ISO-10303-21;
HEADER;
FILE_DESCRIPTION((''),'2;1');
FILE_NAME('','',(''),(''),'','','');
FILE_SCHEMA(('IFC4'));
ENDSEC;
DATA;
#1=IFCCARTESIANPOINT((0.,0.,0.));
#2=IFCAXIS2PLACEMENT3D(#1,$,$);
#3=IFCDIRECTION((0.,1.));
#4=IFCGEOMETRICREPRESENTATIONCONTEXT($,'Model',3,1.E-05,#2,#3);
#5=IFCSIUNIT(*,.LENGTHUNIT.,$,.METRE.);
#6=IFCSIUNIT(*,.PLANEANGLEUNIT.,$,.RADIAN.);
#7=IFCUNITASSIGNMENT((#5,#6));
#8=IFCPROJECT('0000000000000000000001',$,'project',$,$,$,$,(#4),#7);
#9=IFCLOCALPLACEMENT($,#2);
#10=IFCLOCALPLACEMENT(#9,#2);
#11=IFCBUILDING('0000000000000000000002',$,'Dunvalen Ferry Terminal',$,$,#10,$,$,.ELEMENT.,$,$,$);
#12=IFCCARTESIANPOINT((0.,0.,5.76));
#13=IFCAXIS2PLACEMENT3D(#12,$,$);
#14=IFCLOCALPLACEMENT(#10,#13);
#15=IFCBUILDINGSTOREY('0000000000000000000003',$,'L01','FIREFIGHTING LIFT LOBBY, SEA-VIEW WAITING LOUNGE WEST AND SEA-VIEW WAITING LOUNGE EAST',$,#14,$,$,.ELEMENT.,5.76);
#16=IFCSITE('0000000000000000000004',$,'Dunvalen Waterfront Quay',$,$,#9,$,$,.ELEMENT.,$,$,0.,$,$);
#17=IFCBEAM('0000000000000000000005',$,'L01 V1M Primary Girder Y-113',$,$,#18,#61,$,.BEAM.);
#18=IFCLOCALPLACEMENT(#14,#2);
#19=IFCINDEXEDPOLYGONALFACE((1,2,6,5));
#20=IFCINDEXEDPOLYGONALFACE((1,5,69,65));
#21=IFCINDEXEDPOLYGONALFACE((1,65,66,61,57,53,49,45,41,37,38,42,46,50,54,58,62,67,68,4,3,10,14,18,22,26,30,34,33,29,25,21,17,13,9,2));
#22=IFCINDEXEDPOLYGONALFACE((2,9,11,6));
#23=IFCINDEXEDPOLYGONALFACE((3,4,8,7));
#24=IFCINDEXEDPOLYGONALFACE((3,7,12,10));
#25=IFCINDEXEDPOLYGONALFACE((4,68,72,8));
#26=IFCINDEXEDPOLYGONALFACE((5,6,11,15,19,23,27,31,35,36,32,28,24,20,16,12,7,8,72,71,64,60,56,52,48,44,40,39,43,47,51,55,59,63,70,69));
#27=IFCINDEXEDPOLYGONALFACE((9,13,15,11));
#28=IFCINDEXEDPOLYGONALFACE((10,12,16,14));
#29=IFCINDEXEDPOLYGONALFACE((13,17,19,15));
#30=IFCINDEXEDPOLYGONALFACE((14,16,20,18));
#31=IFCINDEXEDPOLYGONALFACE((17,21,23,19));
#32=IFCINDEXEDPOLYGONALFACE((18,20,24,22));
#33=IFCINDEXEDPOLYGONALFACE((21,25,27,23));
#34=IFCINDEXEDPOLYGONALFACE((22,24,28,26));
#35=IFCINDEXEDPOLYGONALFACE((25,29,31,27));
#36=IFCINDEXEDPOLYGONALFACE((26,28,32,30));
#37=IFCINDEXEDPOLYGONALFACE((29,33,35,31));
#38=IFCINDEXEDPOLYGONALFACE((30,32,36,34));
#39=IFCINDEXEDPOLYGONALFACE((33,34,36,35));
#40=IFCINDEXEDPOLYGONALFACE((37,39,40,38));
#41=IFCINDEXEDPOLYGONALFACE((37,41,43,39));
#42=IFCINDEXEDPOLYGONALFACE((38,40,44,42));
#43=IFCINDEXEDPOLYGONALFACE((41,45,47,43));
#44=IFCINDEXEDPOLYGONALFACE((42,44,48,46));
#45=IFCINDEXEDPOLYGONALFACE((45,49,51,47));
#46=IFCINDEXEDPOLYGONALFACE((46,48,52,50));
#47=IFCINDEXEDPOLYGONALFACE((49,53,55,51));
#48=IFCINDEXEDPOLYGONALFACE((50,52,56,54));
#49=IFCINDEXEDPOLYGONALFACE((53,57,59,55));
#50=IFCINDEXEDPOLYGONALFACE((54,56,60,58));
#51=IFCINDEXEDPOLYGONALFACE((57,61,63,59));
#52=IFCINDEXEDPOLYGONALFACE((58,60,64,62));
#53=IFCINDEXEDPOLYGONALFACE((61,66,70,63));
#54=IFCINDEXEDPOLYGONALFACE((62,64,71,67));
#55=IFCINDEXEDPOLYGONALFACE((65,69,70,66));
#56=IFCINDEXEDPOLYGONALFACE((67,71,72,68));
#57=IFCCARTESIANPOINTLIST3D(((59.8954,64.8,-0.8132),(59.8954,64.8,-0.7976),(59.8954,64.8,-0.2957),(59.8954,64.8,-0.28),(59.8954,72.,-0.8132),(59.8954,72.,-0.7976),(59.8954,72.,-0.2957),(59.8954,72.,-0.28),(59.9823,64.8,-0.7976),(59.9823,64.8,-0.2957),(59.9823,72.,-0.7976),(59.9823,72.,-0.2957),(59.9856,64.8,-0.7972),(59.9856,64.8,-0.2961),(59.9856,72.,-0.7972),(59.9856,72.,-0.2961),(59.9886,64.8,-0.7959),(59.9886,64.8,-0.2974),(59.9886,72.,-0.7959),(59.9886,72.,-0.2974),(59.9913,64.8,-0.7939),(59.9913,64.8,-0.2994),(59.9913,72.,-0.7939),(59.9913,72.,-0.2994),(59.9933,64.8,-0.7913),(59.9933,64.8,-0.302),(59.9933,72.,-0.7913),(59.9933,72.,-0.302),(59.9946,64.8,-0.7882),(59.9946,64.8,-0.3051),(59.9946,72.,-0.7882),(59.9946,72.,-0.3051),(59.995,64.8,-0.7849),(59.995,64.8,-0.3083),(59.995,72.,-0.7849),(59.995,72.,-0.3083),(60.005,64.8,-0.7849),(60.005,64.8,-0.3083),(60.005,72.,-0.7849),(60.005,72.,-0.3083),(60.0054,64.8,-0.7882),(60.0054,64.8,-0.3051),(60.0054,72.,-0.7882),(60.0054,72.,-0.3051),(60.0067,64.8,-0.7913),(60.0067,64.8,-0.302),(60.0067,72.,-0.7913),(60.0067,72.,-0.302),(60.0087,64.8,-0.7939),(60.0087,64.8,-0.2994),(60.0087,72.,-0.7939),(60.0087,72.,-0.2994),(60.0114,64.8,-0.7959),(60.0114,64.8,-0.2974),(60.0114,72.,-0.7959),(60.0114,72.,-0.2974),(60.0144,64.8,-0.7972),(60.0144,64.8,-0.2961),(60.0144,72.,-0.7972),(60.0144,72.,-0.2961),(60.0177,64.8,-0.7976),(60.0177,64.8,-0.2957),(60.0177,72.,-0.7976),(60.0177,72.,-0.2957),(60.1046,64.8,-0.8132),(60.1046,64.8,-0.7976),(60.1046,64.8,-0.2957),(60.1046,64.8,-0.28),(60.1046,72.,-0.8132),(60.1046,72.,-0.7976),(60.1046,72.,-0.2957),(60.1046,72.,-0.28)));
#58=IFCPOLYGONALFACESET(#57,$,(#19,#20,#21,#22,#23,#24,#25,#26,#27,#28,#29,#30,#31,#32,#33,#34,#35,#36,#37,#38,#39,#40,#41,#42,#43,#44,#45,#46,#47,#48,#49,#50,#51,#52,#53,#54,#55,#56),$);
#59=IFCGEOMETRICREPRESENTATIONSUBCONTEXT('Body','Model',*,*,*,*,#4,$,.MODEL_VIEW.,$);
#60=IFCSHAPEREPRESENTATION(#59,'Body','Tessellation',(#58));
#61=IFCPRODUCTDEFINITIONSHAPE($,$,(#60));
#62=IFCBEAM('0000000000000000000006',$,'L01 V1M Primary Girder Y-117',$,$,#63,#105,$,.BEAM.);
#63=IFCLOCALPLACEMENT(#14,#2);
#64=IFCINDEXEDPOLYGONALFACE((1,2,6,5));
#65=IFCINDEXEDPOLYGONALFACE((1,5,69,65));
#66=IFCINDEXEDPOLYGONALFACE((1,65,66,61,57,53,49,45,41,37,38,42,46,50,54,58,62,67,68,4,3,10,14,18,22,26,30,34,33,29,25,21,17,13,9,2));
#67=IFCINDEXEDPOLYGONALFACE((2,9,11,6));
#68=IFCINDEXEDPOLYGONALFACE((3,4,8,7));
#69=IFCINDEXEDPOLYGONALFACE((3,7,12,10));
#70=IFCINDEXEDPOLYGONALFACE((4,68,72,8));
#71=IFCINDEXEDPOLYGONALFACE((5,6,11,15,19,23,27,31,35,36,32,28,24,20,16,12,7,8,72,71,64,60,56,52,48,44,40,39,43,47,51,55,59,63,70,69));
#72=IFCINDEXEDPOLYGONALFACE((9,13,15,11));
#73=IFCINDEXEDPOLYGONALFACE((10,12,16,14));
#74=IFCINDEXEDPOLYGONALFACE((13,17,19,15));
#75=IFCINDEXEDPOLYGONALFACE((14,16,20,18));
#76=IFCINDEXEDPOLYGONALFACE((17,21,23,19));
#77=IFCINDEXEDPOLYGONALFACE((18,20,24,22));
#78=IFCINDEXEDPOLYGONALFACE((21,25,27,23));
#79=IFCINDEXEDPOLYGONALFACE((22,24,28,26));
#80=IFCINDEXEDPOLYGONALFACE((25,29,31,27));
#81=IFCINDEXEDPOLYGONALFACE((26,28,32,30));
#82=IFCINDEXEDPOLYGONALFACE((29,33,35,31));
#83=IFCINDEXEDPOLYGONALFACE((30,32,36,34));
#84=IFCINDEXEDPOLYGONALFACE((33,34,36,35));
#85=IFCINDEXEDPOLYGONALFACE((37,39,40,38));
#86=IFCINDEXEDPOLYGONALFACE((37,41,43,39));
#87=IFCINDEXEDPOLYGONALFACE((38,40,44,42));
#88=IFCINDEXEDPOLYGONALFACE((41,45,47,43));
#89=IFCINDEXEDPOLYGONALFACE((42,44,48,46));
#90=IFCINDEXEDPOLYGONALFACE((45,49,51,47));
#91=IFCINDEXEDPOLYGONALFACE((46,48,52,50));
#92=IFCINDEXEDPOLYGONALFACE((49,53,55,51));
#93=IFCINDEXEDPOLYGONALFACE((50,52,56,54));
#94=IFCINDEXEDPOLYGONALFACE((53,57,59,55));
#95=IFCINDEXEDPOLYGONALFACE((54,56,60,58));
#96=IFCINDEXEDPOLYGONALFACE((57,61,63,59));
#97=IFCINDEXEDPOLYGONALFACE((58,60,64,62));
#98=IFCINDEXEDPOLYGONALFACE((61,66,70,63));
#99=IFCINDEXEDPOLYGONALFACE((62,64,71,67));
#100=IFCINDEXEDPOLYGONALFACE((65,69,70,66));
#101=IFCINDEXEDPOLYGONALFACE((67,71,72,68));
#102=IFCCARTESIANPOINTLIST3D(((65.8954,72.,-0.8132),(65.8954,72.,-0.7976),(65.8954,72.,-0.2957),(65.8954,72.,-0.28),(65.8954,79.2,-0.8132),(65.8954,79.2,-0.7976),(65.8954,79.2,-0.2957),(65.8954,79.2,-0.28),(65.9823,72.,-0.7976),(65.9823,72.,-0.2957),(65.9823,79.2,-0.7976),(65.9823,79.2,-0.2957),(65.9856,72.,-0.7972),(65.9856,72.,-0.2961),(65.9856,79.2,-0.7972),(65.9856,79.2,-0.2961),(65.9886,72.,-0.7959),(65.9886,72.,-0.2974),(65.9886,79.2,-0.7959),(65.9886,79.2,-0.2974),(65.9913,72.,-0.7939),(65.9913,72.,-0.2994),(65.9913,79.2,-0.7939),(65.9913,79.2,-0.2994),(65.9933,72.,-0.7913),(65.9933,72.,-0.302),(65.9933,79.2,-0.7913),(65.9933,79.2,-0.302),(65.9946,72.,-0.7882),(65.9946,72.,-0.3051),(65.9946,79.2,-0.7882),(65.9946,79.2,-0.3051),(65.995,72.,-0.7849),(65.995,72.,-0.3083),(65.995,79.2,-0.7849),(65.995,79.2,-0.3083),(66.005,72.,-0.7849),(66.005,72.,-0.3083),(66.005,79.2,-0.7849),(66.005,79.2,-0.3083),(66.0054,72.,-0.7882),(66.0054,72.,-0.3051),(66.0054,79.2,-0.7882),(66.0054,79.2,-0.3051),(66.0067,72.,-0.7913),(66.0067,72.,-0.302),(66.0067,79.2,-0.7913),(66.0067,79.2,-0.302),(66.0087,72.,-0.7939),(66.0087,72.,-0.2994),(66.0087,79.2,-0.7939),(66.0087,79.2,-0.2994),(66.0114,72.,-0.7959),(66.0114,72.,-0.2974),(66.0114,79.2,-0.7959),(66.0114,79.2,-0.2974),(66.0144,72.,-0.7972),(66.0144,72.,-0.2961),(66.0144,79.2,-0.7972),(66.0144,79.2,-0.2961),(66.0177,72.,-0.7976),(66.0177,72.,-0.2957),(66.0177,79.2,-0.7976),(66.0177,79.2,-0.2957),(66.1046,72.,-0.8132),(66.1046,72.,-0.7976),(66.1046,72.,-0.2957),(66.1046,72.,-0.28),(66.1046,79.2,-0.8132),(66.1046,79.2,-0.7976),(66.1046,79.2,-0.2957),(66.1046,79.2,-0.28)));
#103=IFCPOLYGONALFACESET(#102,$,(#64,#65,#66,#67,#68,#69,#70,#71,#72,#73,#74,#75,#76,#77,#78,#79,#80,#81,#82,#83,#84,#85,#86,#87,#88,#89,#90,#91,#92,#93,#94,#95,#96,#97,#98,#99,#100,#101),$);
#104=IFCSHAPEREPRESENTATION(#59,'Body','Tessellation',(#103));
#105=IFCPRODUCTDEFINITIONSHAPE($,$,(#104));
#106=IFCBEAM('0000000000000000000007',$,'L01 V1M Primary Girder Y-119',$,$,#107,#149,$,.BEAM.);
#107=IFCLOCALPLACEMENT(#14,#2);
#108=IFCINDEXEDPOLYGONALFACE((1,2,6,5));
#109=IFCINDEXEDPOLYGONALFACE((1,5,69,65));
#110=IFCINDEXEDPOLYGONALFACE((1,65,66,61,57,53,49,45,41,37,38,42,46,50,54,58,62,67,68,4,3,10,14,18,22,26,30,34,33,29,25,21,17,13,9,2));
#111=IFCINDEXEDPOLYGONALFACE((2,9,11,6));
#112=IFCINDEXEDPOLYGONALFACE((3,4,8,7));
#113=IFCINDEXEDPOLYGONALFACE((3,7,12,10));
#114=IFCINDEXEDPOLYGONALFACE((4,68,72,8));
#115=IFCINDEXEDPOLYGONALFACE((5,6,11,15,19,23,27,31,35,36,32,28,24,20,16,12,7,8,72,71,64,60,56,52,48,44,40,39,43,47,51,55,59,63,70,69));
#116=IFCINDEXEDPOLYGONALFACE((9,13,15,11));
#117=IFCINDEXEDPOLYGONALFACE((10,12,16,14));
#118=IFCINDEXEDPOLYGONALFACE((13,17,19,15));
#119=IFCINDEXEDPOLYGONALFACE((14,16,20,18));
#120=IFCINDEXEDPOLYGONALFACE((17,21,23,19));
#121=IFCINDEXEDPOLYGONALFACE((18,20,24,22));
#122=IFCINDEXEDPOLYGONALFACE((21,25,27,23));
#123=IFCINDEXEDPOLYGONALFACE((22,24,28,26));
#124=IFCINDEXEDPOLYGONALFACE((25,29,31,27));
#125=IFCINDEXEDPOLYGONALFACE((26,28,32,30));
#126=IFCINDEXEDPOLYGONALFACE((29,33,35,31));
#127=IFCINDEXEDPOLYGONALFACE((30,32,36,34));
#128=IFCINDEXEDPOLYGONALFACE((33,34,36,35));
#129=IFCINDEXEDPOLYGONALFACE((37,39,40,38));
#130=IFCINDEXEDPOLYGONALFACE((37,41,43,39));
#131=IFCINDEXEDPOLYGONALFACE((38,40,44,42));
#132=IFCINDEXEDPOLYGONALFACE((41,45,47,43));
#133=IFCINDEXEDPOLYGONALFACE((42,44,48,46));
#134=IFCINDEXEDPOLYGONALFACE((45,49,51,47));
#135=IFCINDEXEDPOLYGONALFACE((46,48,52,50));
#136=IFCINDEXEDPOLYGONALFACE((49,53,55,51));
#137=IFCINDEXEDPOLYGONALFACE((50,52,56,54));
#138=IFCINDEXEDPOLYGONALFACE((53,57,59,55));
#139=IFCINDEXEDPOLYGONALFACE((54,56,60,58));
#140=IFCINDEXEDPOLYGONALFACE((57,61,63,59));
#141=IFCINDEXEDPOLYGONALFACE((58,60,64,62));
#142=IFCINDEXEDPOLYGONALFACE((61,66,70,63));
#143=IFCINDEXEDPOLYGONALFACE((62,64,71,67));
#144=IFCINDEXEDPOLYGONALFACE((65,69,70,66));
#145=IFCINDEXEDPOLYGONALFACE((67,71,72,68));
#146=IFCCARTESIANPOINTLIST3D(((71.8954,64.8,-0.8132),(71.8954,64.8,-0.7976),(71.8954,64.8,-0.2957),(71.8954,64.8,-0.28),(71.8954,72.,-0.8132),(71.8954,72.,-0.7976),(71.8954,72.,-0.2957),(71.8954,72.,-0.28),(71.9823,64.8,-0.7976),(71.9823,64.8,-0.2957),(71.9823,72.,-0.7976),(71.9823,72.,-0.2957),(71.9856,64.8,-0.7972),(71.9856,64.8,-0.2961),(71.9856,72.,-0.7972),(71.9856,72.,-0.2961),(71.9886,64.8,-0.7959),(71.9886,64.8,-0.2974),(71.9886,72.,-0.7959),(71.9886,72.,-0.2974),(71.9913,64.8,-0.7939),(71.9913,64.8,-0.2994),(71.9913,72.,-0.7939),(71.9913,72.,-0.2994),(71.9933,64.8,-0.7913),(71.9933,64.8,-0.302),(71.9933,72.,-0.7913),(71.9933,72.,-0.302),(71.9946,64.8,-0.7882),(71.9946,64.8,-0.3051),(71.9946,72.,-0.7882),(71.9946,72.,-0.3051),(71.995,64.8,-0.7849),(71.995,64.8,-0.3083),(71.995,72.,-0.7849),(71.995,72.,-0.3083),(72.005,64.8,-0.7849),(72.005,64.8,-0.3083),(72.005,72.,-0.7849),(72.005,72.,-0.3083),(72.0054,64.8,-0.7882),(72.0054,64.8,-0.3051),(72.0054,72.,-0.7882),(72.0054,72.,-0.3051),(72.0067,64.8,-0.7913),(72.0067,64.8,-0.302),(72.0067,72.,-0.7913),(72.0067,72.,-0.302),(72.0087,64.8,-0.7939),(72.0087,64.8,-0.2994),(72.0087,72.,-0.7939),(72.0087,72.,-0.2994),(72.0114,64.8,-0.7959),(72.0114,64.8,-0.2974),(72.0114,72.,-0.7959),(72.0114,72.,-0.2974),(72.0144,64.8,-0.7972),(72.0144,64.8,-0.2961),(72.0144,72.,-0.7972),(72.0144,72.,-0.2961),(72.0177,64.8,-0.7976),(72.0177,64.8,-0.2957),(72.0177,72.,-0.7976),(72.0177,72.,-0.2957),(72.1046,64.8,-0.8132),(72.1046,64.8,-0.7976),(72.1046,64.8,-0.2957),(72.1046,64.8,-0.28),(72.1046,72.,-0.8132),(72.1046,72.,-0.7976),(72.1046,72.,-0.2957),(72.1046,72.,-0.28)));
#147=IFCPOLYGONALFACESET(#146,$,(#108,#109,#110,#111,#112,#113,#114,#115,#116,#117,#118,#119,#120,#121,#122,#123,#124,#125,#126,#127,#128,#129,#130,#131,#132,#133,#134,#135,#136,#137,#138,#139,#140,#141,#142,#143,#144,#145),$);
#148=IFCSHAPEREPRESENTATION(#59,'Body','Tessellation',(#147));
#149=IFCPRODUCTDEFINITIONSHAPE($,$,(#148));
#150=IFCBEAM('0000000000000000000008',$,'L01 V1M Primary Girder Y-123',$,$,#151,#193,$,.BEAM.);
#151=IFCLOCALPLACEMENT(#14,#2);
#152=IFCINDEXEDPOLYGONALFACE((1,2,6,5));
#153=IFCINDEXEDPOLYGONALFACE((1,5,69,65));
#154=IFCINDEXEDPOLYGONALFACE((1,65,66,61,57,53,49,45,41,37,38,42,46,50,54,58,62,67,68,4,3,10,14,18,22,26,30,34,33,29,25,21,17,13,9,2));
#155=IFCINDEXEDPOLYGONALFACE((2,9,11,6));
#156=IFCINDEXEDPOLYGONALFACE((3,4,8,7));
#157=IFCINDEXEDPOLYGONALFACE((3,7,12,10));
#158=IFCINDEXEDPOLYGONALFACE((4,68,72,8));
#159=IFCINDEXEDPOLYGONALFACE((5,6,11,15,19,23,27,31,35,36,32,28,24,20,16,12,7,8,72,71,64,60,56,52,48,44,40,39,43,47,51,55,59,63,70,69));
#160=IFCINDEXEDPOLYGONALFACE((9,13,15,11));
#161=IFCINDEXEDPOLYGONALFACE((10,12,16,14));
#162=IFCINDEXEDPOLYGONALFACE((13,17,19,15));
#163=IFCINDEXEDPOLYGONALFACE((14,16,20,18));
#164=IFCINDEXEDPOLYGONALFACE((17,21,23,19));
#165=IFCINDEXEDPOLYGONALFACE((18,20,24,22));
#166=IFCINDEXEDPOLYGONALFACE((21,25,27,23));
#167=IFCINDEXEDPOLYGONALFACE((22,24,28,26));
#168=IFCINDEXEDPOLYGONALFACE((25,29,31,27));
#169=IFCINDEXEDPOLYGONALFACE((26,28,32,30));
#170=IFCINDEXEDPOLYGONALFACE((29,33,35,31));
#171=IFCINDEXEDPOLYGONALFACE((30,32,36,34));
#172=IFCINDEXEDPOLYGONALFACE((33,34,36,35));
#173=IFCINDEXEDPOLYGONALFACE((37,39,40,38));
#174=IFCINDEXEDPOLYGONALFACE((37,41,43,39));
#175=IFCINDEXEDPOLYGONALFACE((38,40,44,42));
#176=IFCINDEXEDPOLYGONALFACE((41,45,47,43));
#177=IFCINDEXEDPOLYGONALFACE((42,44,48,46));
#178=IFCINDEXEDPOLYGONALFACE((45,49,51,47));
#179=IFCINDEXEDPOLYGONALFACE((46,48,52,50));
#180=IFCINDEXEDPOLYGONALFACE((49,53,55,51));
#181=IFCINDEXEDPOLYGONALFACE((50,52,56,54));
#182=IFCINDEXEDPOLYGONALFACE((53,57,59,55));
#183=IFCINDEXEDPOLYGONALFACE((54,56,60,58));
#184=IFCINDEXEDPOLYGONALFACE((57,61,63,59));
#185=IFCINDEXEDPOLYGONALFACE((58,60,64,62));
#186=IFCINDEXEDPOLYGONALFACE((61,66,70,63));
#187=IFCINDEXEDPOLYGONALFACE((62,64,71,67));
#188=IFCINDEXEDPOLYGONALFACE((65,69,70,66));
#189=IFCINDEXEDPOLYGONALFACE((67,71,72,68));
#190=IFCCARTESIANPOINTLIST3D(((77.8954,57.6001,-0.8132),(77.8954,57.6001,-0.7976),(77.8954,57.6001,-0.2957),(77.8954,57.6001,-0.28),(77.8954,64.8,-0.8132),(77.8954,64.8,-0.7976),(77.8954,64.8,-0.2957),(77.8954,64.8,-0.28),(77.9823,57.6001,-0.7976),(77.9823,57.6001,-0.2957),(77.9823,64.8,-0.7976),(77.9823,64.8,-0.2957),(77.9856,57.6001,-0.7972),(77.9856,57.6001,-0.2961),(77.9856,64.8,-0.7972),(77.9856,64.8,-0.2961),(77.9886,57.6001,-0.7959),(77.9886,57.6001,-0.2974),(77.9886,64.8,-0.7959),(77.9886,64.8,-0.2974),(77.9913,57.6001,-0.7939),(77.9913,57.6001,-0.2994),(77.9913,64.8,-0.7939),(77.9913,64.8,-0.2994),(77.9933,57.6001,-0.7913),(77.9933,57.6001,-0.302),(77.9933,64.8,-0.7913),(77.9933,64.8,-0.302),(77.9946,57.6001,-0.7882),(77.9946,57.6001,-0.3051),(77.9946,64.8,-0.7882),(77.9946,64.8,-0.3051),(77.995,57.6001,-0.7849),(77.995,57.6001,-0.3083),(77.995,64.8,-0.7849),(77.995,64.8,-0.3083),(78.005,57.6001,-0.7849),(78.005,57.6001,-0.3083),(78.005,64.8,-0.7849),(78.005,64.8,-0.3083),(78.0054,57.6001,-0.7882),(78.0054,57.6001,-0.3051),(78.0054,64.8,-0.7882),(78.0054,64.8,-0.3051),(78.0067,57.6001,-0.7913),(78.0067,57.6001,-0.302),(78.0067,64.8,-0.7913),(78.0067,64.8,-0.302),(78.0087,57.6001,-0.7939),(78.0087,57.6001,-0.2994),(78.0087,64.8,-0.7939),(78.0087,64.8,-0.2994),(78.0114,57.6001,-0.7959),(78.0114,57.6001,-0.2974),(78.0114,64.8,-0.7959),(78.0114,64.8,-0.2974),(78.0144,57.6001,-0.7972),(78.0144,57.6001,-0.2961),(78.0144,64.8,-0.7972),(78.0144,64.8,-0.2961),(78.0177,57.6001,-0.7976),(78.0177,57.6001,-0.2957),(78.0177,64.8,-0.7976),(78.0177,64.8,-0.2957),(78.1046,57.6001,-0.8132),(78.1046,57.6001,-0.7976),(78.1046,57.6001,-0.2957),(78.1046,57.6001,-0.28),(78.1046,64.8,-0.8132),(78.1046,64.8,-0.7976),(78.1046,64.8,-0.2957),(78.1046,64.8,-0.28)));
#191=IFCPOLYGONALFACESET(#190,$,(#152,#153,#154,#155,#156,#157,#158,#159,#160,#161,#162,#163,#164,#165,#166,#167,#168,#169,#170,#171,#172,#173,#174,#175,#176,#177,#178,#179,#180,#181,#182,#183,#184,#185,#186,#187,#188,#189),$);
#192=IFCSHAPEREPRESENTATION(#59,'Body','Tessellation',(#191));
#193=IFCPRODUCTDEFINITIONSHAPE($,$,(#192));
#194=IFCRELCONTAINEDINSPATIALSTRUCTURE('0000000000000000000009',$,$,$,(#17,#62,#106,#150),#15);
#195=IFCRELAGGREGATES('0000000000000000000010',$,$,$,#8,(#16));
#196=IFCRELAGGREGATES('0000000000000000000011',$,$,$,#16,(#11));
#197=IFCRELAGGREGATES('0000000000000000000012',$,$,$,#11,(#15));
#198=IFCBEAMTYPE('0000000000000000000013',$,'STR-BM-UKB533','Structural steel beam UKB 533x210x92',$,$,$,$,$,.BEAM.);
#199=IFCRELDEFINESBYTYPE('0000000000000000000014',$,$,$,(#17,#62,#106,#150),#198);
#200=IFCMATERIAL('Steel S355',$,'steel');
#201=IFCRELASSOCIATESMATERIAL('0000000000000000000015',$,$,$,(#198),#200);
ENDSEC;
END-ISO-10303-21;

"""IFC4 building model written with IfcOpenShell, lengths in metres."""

from ifc_helpers import new_model, si_unit, direction, frame, origin, origin_2d, place, context, subcontext, project, spatial, i_section, extrude, material, material_profile, profile_set, type_object, element, save


model = new_model("IFC4")

# Units and contexts
model_context = context("Model", 3, precision=1e-05, world=origin(), true_north=direction((0.0, 1.0)))
body_context = subcontext(model_context, "Body", "Model", "MODEL_VIEW")
ifc_project = project(units=[si_unit("LENGTHUNIT", "METRE"), si_unit("PLANEANGLEUNIT", "RADIAN")], contexts=[model_context])

# Site, building, storey
site_placement = place(None, origin())
site = spatial("IfcSite", under=ifc_project, at=site_placement, Name="Dunvalen Waterfront Quay", CompositionType="ELEMENT", RefElevation=0.0)
building_placement = place(site_placement, origin())
building = spatial("IfcBuilding", under=site, at=building_placement, Name="Dunvalen Ferry Terminal", CompositionType="ELEMENT")
storey_placement = place(building_placement, frame((0.0, 0.0, 5.76)))
storey = spatial("IfcBuildingStorey", under=building, at=storey_placement, Name="L01", Description="FIREFIGHTING LIFT LOBBY, SEA-VIEW WAITING LOUNGE WEST AND SEA-VIEW WAITING LOUNGE EAST", CompositionType="ELEMENT", Elevation=5.76)

# Beams
ifc_material_1 = material(Name="Steel S355", Category="steel")
ifc_material_profile_1 = material_profile(ifc_material_1, i_section(OverallWidth=0.2092, OverallDepth=0.5332, WebThickness=0.01, FlangeThickness=0.0156, FilletRadius=0.0127, at=origin_2d()), Name="Steel S355")
ifc_profile_set_1 = profile_set([ifc_material_profile_1], Name="Steel S355")
beam_type_1 = type_object("IfcBeamType", Name="STR-BM-UKB533", Description="Structural steel beam UKB 533x210x92", PredefinedType="BEAM", material=ifc_profile_set_1)
for number, where, z_axis, x_axis, name in (
    (1, (60.0, 64.8, -0.5466), (0.0, 1.0, 0.0), (-1.0, 0.0, 0.0), "L01 V1M Primary Girder Y-113"),
    (2, (66.0, 72.0, -0.5466), (0.0, 1.0, 0.0), (-1.0, 0.0, 0.0), "L01 V1M Primary Girder Y-117"),
    (3, (72.0, 64.8, -0.5466), (0.0, 1.0, 0.0), (-1.0, 0.0, 0.0), "L01 V1M Primary Girder Y-119"),
    (4, (78.0, 57.6001, -0.5466), (0.0, 1.0, 0.0), (-1.0, 0.0, 0.0), "L01 V1M Primary Girder Y-123"),
):
    element("IfcBeam", number, at=place(storey_placement, frame(where, z_axis=z_axis, x_axis=x_axis)), inside=storey, type_object=beam_type_1, Name=name, PredefinedType="BEAM", context=body_context, shape_type="SweptSolid", body=[
        extrude(i_section(OverallWidth=0.2092, OverallDepth=0.5332, WebThickness=0.01, FlangeThickness=0.0156, FilletRadius=0.0127, at=origin_2d()), origin(), (0.0, 0.0, 1.0), 7.2),
    ])

save(model, "model.ifc")
